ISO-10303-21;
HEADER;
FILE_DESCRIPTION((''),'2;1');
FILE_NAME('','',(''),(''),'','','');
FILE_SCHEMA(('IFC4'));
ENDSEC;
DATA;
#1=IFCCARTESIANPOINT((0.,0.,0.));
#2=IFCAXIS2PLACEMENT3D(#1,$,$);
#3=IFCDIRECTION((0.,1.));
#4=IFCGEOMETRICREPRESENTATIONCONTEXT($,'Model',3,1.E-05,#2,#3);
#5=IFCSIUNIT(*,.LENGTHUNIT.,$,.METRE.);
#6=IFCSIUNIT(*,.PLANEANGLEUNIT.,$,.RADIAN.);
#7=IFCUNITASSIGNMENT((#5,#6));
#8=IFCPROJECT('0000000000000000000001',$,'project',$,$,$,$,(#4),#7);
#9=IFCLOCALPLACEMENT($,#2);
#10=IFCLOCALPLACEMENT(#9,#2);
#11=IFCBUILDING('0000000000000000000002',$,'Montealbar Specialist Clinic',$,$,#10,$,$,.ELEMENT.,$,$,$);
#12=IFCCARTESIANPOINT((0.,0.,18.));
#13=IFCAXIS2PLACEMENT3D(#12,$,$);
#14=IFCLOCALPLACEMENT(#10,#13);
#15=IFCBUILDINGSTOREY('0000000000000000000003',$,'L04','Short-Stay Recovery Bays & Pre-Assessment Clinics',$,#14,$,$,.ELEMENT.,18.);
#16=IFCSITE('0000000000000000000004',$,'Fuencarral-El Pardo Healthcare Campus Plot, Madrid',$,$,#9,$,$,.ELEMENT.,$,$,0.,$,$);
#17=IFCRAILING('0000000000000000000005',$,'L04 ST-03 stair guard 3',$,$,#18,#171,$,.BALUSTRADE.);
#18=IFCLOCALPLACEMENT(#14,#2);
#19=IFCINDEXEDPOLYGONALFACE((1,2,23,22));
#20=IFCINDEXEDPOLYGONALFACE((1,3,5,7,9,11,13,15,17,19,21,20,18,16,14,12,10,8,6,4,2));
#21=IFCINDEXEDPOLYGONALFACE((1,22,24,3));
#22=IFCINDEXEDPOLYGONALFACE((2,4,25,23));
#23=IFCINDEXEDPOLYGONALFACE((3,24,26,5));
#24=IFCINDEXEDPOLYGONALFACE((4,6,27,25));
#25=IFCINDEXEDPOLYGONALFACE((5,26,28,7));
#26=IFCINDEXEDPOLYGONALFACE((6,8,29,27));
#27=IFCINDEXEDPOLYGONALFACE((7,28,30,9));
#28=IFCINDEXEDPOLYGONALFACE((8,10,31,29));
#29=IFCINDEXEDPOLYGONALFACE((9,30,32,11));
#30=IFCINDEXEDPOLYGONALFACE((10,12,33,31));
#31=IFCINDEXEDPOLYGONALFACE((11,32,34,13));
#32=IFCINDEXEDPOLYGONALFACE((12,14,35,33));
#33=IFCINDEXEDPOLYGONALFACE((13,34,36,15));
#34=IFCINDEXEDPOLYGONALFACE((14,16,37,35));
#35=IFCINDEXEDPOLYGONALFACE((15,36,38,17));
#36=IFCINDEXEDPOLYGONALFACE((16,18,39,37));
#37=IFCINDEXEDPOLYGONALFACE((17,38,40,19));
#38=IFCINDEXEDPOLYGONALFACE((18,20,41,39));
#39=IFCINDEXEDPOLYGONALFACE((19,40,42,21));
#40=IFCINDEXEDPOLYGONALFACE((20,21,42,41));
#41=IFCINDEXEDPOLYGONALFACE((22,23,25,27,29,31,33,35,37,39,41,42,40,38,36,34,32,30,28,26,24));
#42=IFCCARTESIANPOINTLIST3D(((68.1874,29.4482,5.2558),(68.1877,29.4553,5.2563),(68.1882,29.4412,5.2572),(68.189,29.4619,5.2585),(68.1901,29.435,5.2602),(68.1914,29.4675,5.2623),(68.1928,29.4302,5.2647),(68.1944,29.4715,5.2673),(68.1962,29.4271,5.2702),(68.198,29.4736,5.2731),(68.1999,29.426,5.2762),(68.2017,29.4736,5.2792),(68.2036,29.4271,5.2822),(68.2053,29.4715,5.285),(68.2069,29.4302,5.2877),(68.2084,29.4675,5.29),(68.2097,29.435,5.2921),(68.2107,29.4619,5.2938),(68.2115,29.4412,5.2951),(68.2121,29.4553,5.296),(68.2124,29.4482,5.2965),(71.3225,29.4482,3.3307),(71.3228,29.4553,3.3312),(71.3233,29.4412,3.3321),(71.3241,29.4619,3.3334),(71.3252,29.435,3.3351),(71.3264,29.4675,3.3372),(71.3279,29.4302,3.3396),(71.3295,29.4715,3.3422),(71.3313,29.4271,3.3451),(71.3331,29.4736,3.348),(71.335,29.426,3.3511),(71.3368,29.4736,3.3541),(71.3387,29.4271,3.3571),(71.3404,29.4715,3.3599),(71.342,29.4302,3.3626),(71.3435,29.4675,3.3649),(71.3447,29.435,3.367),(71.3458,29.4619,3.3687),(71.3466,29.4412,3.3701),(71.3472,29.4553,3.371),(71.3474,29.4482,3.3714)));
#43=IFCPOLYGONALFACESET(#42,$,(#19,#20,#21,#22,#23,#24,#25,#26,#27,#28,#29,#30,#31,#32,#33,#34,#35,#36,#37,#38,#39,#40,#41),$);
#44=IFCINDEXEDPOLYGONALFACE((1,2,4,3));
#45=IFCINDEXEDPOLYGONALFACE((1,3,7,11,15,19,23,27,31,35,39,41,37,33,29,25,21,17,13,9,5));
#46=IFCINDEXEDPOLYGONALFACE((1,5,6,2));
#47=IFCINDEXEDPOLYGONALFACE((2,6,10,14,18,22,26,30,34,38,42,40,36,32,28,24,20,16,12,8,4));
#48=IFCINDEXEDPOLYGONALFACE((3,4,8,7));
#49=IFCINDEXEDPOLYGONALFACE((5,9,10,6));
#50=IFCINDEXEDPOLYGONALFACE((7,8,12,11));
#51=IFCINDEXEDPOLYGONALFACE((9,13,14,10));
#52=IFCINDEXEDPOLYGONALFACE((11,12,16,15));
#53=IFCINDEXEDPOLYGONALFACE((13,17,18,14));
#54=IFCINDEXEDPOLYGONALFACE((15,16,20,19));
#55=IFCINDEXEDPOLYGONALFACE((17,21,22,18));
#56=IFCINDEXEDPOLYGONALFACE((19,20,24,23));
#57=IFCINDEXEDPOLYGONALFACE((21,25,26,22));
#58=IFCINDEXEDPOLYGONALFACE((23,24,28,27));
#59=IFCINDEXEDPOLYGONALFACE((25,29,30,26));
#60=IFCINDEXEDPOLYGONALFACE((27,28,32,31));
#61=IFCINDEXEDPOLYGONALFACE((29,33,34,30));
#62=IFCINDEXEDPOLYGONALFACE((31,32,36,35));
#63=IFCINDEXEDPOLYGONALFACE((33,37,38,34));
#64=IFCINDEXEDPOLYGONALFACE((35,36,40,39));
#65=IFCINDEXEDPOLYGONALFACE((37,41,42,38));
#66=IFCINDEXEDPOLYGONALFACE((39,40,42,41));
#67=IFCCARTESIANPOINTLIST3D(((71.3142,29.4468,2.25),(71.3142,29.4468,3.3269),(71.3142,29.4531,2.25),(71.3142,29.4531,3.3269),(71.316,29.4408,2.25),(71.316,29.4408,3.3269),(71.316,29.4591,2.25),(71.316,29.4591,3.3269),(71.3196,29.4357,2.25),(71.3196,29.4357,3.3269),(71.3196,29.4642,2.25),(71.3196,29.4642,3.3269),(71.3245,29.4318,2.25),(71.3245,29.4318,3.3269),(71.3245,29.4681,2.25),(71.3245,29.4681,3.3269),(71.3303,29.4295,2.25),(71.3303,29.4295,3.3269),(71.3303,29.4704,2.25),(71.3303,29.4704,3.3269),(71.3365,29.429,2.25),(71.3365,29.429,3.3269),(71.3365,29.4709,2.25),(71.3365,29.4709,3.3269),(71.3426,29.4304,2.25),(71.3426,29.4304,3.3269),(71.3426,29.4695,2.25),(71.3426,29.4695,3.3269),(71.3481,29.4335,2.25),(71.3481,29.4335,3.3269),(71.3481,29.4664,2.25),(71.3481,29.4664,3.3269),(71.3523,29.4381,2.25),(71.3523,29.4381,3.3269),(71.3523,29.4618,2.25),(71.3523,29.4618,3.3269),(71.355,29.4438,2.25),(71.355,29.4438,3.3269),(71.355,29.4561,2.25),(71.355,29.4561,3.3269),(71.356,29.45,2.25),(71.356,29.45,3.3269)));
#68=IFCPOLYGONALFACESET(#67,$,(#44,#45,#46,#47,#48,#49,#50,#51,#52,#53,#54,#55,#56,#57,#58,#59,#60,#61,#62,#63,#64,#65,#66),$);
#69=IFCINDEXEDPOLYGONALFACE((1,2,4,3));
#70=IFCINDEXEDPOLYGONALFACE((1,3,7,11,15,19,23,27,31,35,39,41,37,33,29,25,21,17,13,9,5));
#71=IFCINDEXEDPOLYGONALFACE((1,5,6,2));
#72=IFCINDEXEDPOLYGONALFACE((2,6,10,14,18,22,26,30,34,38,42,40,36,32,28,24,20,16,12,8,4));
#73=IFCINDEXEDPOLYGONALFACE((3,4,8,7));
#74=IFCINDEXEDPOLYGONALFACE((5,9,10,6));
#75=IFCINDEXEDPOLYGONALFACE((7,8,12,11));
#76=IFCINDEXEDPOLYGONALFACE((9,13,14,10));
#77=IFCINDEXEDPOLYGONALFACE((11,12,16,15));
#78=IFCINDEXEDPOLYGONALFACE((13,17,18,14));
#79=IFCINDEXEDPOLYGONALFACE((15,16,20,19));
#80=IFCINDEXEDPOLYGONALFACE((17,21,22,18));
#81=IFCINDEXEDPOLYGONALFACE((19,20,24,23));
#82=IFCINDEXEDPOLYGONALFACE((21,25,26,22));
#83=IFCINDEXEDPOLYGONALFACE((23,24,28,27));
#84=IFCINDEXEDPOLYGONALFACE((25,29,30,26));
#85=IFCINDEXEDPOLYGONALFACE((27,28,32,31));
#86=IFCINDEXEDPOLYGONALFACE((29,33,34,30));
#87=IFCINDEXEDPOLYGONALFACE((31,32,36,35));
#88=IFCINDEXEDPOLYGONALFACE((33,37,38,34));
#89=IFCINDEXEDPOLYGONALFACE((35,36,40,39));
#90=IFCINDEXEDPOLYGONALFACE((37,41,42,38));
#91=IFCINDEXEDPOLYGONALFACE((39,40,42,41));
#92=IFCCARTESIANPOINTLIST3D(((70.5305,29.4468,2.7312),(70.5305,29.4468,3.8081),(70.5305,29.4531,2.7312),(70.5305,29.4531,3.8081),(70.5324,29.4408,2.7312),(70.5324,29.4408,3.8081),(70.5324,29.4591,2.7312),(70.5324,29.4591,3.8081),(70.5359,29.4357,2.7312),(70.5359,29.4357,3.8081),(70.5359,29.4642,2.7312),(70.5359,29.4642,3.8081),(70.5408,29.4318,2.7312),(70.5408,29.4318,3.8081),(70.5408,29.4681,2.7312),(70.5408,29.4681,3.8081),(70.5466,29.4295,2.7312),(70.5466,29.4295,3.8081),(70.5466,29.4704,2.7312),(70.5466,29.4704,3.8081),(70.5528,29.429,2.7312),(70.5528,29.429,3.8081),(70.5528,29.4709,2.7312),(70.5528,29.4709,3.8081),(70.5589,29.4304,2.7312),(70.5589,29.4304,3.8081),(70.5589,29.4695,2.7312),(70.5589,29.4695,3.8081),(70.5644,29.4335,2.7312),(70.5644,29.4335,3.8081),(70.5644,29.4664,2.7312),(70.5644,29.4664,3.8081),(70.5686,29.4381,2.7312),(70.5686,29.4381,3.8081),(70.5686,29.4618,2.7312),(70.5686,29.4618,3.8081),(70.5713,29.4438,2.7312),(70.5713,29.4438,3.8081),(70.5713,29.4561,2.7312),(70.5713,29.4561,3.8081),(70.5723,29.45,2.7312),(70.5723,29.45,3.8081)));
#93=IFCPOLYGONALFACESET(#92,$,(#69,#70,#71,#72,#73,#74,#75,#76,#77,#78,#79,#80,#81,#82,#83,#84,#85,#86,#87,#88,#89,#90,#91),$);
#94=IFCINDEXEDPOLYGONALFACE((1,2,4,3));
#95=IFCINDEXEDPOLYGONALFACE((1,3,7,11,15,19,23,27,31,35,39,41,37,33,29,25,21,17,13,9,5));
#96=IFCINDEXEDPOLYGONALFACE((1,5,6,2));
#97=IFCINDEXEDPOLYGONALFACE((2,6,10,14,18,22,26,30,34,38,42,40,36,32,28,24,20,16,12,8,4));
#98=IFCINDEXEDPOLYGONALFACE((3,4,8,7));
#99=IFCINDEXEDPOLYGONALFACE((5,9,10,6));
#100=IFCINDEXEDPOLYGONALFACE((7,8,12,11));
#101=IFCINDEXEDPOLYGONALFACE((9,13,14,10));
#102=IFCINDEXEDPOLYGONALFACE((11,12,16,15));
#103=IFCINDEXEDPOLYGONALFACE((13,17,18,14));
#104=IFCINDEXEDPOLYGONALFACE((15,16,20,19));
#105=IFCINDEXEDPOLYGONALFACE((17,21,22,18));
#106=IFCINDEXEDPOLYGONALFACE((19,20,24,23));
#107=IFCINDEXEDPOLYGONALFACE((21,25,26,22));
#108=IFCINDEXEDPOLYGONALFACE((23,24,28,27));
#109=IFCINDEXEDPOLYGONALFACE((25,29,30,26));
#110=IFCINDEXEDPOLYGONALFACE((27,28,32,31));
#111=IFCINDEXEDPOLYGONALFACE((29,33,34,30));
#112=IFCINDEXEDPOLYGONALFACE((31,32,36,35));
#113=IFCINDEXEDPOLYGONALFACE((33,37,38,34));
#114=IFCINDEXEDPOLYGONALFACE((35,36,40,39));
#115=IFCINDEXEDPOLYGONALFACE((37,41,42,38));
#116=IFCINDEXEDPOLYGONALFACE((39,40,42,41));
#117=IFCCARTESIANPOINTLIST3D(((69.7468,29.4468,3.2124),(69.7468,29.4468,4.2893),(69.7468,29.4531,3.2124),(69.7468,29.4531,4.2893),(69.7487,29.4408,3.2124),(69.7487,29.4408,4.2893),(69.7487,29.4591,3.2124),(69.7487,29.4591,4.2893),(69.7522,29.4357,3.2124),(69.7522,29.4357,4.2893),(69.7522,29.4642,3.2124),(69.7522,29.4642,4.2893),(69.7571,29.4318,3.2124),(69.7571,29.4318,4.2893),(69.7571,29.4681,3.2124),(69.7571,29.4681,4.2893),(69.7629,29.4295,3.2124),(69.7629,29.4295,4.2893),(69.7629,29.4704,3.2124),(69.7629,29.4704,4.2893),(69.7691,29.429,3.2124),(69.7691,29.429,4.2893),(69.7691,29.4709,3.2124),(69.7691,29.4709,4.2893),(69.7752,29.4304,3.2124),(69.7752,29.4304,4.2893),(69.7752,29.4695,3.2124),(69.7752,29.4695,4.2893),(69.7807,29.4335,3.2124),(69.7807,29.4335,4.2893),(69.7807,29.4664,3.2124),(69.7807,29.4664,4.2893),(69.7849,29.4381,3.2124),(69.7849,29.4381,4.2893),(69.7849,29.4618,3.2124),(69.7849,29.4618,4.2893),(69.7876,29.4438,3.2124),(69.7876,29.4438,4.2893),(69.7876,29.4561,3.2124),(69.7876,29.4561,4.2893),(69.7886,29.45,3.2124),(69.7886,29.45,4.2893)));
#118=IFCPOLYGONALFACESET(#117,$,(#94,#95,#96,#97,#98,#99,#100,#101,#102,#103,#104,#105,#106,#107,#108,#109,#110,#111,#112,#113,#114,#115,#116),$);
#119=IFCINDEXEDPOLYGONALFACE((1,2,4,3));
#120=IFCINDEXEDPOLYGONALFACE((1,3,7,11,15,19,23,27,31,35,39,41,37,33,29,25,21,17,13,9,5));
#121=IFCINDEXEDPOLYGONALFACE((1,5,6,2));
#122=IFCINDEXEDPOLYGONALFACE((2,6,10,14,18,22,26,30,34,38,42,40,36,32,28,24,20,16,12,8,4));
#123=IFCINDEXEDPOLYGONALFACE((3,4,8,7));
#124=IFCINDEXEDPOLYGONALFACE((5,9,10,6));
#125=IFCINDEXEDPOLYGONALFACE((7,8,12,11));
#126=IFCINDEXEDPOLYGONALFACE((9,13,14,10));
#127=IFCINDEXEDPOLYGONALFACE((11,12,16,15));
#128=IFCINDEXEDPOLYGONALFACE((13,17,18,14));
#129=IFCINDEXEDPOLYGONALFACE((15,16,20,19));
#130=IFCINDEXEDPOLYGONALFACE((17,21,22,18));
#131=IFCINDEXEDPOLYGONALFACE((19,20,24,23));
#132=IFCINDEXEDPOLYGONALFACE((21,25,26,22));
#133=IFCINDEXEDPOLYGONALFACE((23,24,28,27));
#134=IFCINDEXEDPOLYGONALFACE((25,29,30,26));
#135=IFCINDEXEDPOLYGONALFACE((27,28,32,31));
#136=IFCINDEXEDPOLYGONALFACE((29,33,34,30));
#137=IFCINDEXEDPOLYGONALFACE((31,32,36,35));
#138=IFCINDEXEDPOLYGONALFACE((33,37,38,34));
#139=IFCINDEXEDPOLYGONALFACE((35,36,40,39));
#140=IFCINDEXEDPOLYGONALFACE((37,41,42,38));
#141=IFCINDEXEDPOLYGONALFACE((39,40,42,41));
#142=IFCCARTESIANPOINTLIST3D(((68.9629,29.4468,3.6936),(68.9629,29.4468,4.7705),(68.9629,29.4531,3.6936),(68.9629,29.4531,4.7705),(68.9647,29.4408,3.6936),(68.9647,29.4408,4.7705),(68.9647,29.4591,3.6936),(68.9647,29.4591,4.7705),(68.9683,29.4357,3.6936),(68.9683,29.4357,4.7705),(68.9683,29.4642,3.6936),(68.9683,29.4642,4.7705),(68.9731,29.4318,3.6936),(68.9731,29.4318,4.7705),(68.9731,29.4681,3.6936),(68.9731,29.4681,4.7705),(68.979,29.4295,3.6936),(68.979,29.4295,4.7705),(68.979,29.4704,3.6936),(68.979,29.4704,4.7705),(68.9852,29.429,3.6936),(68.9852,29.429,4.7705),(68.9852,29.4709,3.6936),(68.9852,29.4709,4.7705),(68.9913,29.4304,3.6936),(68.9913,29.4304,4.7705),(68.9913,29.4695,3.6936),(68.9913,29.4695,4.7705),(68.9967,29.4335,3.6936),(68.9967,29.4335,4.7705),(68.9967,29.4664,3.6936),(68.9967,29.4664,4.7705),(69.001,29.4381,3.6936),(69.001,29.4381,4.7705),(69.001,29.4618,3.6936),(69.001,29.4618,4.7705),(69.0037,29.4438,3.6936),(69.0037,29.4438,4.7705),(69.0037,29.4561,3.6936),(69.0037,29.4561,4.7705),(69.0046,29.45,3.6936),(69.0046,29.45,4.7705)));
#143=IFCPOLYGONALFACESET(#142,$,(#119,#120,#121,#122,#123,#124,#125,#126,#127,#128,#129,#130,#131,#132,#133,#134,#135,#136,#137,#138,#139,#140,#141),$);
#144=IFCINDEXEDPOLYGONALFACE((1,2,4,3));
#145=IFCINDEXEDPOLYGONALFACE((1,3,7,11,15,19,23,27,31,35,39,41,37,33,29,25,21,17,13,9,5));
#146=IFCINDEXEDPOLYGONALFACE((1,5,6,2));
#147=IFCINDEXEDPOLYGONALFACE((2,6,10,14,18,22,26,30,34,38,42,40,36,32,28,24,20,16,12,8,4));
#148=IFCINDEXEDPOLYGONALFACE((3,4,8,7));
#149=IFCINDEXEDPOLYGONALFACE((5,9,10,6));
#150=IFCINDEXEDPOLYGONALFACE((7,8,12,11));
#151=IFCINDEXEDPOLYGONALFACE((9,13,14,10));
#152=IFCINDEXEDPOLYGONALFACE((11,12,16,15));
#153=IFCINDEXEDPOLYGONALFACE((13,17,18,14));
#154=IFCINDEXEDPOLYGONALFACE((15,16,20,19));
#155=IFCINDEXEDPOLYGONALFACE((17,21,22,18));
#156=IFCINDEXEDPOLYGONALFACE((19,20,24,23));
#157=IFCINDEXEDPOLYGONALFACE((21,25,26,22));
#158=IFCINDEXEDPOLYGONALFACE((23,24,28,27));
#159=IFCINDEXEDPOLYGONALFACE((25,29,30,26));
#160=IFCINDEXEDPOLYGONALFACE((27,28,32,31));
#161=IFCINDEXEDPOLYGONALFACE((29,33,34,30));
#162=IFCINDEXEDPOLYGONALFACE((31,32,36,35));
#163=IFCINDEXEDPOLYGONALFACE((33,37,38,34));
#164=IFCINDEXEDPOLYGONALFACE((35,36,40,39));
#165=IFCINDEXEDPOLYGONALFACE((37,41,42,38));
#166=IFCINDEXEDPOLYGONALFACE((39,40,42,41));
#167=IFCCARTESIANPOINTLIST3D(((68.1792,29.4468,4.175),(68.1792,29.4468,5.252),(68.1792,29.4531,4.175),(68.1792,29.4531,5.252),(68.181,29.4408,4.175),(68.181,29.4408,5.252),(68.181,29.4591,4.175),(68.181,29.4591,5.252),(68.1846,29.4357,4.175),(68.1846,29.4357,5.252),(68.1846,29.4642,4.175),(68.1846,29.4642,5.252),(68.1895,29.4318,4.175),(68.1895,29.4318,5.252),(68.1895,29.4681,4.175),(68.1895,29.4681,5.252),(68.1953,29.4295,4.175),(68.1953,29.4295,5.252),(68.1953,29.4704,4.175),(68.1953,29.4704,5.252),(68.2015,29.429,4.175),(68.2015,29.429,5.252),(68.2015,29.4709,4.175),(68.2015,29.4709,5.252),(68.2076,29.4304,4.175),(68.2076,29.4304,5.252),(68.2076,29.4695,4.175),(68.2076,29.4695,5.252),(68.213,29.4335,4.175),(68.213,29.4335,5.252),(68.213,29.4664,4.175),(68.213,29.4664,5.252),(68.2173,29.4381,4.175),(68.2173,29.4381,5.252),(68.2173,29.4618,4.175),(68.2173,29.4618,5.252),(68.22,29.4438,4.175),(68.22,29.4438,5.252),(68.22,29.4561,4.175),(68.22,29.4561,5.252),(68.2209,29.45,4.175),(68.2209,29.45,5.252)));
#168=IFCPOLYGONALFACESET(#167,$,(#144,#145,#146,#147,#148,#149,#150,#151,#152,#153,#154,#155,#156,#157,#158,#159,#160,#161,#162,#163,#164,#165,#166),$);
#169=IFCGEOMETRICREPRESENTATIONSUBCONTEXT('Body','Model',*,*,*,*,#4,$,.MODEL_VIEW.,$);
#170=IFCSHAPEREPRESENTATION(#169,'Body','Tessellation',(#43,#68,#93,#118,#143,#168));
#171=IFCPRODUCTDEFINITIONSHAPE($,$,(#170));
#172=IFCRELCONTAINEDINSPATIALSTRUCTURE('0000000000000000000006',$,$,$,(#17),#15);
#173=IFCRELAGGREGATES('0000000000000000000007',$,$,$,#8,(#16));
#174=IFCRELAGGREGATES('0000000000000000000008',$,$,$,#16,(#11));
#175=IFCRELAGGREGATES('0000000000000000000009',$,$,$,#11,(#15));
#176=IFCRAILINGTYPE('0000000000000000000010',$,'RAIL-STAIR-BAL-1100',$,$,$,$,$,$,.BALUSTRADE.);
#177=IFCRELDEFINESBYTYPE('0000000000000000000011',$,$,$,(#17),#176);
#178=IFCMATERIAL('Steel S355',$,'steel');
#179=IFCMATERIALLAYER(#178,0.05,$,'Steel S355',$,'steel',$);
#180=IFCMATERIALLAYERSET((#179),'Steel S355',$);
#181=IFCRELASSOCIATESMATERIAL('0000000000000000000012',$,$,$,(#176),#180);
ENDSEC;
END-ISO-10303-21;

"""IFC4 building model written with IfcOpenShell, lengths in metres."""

from ifc_helpers import new_model, si_unit, direction, frame, origin, origin_2d, place, context, subcontext, project, spatial, circle, extrude, material, layer, layer_set, type_object, element, save


model = new_model("IFC4")

# Units and contexts
model_context = context("Model", 3, precision=1e-05, world=origin(), true_north=direction((0.0, 1.0)))
body_context = subcontext(model_context, "Body", "Model", "MODEL_VIEW")
ifc_project = project(units=[si_unit("LENGTHUNIT", "METRE"), si_unit("PLANEANGLEUNIT", "RADIAN")], contexts=[model_context])

# Site, building, storey
site_placement = place(None, origin())
site = spatial("IfcSite", under=ifc_project, at=site_placement, Name="Fuencarral-El Pardo Healthcare Campus Plot, Madrid", CompositionType="ELEMENT", RefElevation=0.0)
building_placement = place(site_placement, origin())
building = spatial("IfcBuilding", under=site, at=building_placement, Name="Montealbar Specialist Clinic", CompositionType="ELEMENT")
storey_placement = place(building_placement, frame((0.0, 0.0, 18.0)))
storey = spatial("IfcBuildingStorey", under=building, at=storey_placement, Name="L04", Description="Short-Stay Recovery Bays & Pre-Assessment Clinics", CompositionType="ELEMENT", Elevation=18.0)

# Shared definitions
ifc_material_1 = material(Name="Steel S355", Category="steel")

# Railing
ifc_layer_1 = layer(ifc_material_1, 0.05, Name="Steel S355", Category="steel")
ifc_layer_set_1 = layer_set([ifc_layer_1], Name="Steel S355")
railing_type_1 = type_object("IfcRailingType", Name="RAIL-STAIR-BAL-1100", PredefinedType="BALUSTRADE", material=ifc_layer_set_1)
railing_1_placement = place(storey_placement, frame((71.335, 29.45, 2.2749)))
element("IfcRailing", 1, at=railing_1_placement, inside=storey, type_object=railing_type_1, Name="L04 ST-03 stair guard 3", PredefinedType="BALUSTRADE", context=body_context, shape_type="SweptSolid", body=[
    extrude(circle(Radius=0.0239, at=origin_2d()), frame((0.0, 0.0, 1.0762), z_axis=(-0.852166, 0.0, 0.523271), x_axis=(0.0, -1.0, 0.0)), (0.0, 0.0, 1.0), 3.679),
    extrude(circle(Radius=0.021, at=origin_2d()), frame((0.0, 0.0, -0.0249)), (0.0, 0.0, 1.0), 1.0769),
    extrude(circle(Radius=0.021, at=origin_2d()), frame((-0.7837, 0.0, 0.4563)), (0.0, 0.0, 1.0), 1.0769),
    extrude(circle(Radius=0.021, at=origin_2d()), frame((-1.5674, 0.0, 0.9375)), (0.0, 0.0, 1.0), 1.0769),
    extrude(circle(Radius=0.021, at=origin_2d()), frame((-2.3513, 0.0, 1.4187)), (0.0, 0.0, 1.0), 1.0769),
    extrude(circle(Radius=0.021, at=origin_2d()), frame((-3.135, 0.0, 1.9001)), (0.0, 0.0, 1.0), 1.0769),
])

save(model, "model.ifc")
